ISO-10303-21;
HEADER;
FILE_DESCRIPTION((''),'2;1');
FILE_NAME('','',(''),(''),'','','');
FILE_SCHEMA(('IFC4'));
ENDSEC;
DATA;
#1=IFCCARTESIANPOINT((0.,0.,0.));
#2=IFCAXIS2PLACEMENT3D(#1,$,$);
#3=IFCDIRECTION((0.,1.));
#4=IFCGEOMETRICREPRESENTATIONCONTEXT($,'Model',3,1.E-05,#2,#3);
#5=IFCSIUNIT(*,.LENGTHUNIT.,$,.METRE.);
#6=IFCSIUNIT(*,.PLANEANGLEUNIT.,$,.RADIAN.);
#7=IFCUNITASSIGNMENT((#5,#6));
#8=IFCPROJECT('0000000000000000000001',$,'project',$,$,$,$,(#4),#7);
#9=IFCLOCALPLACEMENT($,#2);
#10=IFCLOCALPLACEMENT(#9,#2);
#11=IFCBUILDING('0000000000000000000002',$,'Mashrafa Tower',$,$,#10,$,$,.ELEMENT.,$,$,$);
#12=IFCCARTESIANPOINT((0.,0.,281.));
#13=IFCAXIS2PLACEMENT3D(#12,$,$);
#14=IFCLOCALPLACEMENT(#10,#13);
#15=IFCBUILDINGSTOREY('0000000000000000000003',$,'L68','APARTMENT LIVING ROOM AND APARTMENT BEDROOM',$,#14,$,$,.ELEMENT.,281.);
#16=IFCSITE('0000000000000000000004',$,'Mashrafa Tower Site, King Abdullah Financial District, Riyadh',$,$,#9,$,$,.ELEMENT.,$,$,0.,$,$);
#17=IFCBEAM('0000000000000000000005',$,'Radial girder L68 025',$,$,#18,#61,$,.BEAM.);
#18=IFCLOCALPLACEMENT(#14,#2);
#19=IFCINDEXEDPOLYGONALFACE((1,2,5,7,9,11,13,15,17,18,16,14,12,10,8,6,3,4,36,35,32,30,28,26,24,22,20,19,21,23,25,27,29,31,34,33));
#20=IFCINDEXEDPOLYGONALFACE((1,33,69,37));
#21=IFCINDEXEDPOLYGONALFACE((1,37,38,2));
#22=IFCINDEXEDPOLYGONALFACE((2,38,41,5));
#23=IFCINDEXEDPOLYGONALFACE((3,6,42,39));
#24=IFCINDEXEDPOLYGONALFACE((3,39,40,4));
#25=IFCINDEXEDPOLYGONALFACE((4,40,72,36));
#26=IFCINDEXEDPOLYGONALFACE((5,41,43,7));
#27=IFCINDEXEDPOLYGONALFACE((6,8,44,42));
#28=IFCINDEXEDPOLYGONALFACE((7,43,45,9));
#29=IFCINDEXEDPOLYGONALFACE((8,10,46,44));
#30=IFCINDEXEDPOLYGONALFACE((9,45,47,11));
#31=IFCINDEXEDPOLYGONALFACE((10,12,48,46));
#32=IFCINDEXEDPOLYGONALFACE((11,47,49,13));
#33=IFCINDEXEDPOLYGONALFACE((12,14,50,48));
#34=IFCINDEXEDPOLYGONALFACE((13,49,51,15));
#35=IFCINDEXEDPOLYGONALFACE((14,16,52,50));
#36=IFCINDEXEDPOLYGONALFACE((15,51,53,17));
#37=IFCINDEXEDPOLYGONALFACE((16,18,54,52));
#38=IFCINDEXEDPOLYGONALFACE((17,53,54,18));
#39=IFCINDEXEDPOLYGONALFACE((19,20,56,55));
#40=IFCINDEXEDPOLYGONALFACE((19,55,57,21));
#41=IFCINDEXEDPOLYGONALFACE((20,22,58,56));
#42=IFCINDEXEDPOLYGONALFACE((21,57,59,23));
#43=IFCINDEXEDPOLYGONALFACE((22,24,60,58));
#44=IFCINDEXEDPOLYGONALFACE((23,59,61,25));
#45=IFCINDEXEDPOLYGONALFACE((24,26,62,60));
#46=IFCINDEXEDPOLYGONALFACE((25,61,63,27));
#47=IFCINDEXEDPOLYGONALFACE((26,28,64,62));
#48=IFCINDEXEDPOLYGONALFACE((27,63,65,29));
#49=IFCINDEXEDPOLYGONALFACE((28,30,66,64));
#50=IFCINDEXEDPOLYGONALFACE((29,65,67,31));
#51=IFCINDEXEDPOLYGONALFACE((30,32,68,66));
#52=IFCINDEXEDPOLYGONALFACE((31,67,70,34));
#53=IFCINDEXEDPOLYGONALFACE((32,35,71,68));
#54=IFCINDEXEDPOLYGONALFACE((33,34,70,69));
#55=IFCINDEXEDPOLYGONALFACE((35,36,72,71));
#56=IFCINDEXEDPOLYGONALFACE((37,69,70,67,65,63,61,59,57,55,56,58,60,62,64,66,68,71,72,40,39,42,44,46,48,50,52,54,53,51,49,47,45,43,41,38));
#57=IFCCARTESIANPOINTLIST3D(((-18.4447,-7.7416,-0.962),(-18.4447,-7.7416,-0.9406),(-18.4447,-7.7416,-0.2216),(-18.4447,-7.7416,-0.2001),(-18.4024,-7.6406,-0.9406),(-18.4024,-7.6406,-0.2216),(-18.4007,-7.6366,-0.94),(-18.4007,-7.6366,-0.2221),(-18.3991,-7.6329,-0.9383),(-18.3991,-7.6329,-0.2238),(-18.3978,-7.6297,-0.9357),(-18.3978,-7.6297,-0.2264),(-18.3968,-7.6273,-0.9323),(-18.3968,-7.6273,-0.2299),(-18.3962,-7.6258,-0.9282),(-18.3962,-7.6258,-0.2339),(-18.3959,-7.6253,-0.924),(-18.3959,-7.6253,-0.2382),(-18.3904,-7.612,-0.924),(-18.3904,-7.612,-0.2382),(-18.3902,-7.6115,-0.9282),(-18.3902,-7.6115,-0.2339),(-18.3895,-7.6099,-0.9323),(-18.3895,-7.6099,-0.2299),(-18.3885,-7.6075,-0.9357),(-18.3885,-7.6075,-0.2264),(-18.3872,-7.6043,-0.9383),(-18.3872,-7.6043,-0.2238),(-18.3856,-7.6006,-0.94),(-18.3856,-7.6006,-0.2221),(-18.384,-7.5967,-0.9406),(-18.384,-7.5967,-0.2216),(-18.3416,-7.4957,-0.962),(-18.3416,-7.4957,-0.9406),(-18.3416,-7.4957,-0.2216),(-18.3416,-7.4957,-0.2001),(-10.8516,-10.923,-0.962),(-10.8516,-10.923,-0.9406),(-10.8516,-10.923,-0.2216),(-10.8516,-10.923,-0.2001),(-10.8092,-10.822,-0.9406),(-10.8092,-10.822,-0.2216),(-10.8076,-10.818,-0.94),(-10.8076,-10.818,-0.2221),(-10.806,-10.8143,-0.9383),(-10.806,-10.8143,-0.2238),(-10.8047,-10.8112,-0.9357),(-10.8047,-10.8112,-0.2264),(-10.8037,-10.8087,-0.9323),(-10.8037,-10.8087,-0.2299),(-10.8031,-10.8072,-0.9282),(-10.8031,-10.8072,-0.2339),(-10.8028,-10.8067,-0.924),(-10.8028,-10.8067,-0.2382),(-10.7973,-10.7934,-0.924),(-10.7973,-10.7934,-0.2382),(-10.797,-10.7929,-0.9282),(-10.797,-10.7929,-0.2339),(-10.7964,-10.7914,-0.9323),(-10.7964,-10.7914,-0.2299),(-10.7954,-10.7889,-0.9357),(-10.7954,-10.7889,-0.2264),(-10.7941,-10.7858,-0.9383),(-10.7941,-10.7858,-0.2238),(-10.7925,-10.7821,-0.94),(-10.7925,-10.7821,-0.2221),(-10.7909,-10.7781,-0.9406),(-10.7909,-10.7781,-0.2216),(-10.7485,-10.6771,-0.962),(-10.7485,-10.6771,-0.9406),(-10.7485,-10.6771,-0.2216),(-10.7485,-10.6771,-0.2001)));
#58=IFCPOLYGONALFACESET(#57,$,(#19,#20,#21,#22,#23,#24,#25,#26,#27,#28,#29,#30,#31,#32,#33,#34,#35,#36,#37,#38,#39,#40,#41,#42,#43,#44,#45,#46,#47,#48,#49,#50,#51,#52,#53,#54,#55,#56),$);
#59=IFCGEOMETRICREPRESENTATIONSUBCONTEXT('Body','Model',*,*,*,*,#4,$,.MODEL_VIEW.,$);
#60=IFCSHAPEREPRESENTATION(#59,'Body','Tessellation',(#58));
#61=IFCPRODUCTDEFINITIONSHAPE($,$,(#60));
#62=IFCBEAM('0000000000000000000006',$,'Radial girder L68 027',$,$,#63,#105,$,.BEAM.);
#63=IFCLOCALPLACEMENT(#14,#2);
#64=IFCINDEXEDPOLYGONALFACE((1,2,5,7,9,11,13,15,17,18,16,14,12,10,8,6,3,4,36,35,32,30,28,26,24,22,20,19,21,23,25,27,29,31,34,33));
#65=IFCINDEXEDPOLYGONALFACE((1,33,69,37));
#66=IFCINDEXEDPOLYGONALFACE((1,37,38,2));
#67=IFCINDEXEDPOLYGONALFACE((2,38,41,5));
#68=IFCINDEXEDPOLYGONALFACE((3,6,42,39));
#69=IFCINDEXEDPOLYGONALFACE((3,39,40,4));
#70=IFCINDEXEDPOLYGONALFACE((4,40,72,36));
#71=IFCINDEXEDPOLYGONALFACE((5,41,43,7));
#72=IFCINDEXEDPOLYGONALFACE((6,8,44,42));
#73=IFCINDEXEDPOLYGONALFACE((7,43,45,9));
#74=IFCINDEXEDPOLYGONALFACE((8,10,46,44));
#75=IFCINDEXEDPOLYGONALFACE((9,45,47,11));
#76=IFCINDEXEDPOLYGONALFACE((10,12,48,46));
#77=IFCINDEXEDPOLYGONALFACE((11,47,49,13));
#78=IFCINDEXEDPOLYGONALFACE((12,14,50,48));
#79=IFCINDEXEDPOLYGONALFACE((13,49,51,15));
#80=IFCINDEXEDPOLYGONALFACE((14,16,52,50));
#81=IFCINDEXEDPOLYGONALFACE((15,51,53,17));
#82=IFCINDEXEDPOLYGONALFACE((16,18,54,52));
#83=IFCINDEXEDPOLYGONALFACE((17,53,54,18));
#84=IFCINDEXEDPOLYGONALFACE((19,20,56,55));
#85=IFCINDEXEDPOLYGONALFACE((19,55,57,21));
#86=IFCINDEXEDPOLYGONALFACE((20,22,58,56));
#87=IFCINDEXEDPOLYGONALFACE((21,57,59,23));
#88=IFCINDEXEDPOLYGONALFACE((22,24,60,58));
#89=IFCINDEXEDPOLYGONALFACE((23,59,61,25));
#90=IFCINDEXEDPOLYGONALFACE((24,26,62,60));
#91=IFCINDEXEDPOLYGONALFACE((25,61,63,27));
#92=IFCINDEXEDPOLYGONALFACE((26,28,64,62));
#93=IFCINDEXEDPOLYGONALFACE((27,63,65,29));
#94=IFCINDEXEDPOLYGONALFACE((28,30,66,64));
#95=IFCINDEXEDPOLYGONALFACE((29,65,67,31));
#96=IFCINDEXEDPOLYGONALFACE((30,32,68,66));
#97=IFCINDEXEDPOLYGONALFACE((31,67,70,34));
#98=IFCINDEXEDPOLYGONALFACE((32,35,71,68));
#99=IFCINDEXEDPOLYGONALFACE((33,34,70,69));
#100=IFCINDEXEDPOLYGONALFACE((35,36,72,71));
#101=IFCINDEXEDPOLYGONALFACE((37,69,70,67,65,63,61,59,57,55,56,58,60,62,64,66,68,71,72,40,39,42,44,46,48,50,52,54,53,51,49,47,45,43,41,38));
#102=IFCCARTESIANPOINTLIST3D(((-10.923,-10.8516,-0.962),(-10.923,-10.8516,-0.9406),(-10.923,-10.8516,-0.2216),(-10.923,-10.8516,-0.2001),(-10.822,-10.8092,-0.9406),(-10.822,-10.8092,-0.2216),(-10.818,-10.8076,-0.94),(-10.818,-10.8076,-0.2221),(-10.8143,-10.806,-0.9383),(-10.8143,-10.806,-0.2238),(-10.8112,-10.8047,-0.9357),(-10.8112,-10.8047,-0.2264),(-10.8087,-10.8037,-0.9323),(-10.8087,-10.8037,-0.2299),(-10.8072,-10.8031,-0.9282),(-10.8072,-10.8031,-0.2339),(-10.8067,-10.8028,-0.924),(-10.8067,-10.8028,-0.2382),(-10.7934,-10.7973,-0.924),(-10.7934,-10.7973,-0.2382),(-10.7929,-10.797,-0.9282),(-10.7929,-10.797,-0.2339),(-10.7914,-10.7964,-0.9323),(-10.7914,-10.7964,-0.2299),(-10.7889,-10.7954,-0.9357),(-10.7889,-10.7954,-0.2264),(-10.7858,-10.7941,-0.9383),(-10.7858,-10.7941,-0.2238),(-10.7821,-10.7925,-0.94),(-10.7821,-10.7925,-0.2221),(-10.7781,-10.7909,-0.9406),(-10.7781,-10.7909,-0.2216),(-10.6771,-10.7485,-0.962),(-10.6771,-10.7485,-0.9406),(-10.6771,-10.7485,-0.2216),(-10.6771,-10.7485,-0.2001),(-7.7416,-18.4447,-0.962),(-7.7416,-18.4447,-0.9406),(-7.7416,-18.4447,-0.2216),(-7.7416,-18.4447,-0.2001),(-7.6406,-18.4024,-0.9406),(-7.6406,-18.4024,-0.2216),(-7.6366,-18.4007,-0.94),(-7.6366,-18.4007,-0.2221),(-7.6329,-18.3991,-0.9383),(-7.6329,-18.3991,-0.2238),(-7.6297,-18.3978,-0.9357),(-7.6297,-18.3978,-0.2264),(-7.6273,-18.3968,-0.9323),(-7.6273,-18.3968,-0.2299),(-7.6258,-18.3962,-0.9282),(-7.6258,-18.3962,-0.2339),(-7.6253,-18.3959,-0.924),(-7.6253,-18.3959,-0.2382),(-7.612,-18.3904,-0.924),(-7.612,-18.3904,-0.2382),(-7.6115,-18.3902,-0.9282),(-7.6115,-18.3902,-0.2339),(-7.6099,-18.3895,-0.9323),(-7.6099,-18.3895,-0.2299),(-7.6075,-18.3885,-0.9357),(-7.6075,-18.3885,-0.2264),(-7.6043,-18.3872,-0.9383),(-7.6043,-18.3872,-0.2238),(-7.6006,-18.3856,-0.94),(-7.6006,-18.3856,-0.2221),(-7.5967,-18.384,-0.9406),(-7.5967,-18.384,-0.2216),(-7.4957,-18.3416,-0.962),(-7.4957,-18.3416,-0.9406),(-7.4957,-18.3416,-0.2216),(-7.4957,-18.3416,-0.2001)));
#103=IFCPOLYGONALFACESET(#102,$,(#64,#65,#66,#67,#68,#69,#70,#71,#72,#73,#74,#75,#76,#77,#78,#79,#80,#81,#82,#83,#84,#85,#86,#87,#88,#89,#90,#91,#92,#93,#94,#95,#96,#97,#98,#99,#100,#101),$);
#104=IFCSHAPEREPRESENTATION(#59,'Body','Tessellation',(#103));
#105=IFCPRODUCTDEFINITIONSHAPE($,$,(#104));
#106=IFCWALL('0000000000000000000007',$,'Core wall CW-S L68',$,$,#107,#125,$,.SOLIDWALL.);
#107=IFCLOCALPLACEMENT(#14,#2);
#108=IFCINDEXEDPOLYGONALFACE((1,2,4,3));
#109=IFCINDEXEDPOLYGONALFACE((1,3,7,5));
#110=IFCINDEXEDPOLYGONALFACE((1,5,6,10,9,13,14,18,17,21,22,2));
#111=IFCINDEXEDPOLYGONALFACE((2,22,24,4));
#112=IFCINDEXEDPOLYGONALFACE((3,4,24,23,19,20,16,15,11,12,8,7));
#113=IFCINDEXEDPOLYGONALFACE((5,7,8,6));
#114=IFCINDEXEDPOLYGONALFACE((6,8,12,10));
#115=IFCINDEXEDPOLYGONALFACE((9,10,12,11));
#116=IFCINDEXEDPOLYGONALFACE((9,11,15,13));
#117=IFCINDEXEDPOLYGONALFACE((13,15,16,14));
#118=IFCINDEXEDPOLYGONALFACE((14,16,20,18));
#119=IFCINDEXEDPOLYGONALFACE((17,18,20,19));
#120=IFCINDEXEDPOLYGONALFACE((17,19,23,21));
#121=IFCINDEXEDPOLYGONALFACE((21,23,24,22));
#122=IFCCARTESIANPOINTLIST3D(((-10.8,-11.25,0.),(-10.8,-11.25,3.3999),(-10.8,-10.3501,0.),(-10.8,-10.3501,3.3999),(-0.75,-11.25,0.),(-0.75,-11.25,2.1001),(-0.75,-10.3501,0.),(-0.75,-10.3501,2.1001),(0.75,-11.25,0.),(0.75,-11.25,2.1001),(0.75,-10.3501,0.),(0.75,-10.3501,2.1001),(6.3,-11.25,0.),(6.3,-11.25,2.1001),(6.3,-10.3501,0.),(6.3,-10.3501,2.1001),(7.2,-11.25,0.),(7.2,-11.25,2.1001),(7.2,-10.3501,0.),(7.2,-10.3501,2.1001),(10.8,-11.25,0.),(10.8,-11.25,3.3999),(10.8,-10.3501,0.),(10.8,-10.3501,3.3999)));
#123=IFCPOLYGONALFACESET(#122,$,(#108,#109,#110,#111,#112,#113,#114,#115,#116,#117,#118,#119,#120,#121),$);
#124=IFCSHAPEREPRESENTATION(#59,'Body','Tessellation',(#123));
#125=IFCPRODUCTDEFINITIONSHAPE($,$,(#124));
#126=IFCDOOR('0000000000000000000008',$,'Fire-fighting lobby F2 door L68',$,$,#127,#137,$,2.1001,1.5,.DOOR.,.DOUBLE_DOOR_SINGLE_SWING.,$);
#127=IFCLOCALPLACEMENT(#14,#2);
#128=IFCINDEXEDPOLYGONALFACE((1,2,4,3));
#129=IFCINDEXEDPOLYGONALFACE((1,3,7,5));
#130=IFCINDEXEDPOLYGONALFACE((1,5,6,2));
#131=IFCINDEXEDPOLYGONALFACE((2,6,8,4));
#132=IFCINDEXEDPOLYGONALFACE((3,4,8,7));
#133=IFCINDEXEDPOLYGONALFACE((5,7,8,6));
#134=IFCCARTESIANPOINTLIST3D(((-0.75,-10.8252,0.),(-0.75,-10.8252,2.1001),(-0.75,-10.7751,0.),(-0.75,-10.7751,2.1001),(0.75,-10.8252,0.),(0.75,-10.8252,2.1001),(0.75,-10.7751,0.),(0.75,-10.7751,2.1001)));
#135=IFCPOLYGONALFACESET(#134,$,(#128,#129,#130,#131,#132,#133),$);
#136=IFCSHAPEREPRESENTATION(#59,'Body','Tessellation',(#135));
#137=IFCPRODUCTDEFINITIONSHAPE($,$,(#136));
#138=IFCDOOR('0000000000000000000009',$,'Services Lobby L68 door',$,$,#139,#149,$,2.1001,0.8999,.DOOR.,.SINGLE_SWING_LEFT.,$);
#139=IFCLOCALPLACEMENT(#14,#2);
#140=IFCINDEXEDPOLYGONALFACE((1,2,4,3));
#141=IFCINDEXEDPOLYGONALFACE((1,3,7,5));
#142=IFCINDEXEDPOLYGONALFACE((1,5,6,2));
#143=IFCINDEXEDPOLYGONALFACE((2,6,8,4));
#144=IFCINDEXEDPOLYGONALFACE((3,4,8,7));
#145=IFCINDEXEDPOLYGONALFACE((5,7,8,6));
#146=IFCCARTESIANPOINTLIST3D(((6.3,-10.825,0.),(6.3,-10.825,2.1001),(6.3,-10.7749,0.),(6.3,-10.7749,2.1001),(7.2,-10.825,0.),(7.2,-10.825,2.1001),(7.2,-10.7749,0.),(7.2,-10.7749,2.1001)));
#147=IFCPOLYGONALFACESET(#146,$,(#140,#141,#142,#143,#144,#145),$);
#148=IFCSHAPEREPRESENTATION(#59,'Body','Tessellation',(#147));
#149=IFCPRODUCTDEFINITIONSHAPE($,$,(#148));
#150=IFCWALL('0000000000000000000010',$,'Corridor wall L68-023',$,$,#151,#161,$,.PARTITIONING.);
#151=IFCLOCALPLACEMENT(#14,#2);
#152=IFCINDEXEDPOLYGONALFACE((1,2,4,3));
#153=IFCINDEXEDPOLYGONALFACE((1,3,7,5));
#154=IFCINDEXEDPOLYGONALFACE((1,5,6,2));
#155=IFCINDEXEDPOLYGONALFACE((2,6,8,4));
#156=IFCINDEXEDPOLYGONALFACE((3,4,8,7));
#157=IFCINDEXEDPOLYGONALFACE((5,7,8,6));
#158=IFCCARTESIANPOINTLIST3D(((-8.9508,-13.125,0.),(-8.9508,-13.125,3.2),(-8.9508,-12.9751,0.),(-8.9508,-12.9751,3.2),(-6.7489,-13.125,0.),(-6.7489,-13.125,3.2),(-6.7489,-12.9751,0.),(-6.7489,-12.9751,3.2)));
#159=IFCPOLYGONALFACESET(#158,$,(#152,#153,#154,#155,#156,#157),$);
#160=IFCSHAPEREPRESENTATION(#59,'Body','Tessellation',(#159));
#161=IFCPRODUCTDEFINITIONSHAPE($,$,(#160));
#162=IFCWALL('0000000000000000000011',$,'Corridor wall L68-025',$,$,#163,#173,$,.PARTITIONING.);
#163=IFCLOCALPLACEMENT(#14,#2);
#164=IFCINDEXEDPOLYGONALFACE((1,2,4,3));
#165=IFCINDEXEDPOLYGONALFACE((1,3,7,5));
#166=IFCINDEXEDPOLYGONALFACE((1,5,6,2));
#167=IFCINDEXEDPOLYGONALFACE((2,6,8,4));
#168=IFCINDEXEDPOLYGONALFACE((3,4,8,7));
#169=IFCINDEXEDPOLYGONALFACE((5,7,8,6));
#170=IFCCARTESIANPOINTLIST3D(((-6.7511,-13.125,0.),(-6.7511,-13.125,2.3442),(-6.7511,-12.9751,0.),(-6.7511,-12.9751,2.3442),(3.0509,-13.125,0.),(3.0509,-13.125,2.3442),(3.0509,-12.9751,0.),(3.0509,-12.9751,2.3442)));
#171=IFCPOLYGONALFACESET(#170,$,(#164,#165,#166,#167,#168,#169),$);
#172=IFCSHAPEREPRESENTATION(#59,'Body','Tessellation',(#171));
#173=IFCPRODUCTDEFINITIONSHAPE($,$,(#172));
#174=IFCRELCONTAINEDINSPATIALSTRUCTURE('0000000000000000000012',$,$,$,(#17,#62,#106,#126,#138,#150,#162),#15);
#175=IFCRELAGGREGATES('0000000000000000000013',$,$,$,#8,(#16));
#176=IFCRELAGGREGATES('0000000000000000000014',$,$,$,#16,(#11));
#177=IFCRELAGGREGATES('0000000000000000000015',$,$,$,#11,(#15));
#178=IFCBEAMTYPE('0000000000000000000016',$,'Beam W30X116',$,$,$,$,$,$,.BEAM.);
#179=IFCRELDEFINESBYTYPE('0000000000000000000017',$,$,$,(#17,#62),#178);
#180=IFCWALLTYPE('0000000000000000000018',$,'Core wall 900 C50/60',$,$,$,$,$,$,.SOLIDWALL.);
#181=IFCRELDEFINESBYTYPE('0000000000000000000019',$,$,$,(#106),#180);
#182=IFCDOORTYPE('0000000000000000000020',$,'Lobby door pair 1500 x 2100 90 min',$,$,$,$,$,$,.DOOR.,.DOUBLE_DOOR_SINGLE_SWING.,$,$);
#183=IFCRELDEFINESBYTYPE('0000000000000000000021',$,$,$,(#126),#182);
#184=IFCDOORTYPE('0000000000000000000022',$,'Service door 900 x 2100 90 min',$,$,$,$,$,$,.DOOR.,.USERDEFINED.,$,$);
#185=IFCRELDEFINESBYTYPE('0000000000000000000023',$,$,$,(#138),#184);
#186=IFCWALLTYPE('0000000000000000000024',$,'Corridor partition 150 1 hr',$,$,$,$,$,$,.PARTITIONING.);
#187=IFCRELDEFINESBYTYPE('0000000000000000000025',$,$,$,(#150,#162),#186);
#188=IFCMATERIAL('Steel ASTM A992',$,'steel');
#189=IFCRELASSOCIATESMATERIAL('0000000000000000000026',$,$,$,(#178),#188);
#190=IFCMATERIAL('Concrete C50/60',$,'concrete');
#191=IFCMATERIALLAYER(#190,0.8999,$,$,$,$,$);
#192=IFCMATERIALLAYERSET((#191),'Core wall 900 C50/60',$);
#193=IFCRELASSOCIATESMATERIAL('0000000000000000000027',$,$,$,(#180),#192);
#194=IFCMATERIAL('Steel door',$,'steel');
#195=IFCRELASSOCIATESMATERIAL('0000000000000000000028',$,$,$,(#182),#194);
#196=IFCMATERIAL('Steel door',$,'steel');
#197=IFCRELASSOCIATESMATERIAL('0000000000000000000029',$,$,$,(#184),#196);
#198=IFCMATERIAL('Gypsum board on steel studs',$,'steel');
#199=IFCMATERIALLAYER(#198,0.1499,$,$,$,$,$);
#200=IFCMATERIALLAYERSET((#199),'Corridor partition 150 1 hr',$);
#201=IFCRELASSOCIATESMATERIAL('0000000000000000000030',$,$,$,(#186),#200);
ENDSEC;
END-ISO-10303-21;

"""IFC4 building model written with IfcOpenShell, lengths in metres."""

from ifc_helpers import new_model, si_unit, direction, frame, frame_2d, origin, origin_2d, place, context, subcontext, project, spatial, rectangle, i_section, extrude, material, layer, layer_set, material_profile, profile_set, type_object, element, fill, save


model = new_model("IFC4")

# Units and contexts
model_context = context("Model", 3, precision=1e-05, world=origin(), true_north=direction((0.0, 1.0)))
body_context = subcontext(model_context, "Body", "Model", "MODEL_VIEW")
ifc_project = project(units=[si_unit("LENGTHUNIT", "METRE"), si_unit("PLANEANGLEUNIT", "RADIAN")], contexts=[model_context])

# Site, building, storey
site_placement = place(None, origin())
site = spatial("IfcSite", under=ifc_project, at=site_placement, Name="Mashrafa Tower Site, King Abdullah Financial District, Riyadh", CompositionType="ELEMENT", RefElevation=0.0)
building_placement = place(site_placement, origin())
building = spatial("IfcBuilding", under=site, at=building_placement, Name="Mashrafa Tower", CompositionType="ELEMENT")
storey_placement = place(building_placement, frame((0.0, 0.0, 281.0)))
storey = spatial("IfcBuildingStorey", under=building, at=storey_placement, Name="L68", Description="APARTMENT LIVING ROOM AND APARTMENT BEDROOM", CompositionType="ELEMENT", Elevation=281.0)

# Beams
ifc_material_1 = material(Name="Steel ASTM A992", Category="steel")
ifc_material_profile_1 = material_profile(ifc_material_1, i_section(OverallWidth=0.2666, OverallDepth=0.762, WebThickness=0.0144, FlangeThickness=0.0215, FilletRadius=0.0166, at=origin_2d()), Name="W30X116")
ifc_profile_set_1 = profile_set([ifc_material_profile_1], Name="Steel ASTM A992")
beam_type_1 = type_object("IfcBeamType", Name="Beam W30X116", PredefinedType="BEAM", material=ifc_profile_set_1)
for number, where, z_axis, x_axis, name in (
    (1, (-10.8, -10.8, -0.5811), (-0.922314, 0.38644, 0.0), (-0.38644, -0.922314, 0.0), "Radial girder L68 025"),
    (2, (-10.8, -10.8, -0.5811), (0.38644, -0.922314, 0.0), (0.922314, 0.38644, 0.0), "Radial girder L68 027"),
):
    element("IfcBeam", number, at=place(storey_placement, frame(where, z_axis=z_axis, x_axis=x_axis)), inside=storey, type_object=beam_type_1, Name=name, PredefinedType="BEAM", context=body_context, shape_type="SweptSolid", body=[
        extrude(i_section(OverallWidth=0.2666, OverallDepth=0.762, WebThickness=0.0144, FlangeThickness=0.0215, FilletRadius=0.0166, at=origin_2d()), origin(), (0.0, 0.0, 1.0), 8.2327),
    ])

# Wall, openings, doors
ifc_material_2 = material(Name="Concrete C50/60", Category="concrete")
ifc_layer_1 = layer(ifc_material_2, 0.8999)
ifc_layer_set_1 = layer_set([ifc_layer_1], Name="Core wall 900 C50/60")
wall_type_1 = type_object("IfcWallType", Name="Core wall 900 C50/60", PredefinedType="SOLIDWALL", material=ifc_layer_set_1)
wall_1_placement = place(storey_placement, frame((-10.8, -10.8, 0.0), z_axis=(0.0, 0.0, 1.0), x_axis=(1.0, 0.0, 0.0)))
wall_1 = element("IfcWall", 3, at=wall_1_placement, inside=storey, type_object=wall_type_1, Name="Core wall CW-S L68", PredefinedType="SOLIDWALL", context=body_context, shape_type="SweptSolid", body=[
    extrude(rectangle(XDim=21.6001, YDim=0.8999, at=frame_2d((10.8, 0.0))), origin(), (0.0, 0.0, 1.0), 3.3999),
])
opening_1_placement = place(wall_1_placement, frame((10.05, 0.0, 0.0)))
opening_1 = element("IfcOpeningElement", 4, at=opening_1_placement, cuts=wall_1, PredefinedType="OPENING", context=body_context, shape_type="SweptSolid", body=[
    extrude(rectangle(XDim=1.5, YDim=2.1001, at=frame_2d((0.75, 1.05))), frame((0.0, 0.46, 0.0), z_axis=(0.0, -1.0, 0.0), x_axis=(1.0, 0.0, 0.0)), (0.0, 0.0, 1.0), 0.9199),
])
opening_2_placement = place(wall_1_placement, frame((17.1001, 0.0, 0.0)))
opening_2 = element("IfcOpeningElement", 5, at=opening_2_placement, cuts=wall_1, PredefinedType="OPENING", context=body_context, shape_type="SweptSolid", body=[
    extrude(rectangle(XDim=0.8999, YDim=2.1001, at=frame_2d((0.45, 1.05))), frame((0.0, 0.46, 0.0), z_axis=(0.0, -1.0, 0.0), x_axis=(1.0, 0.0, 0.0)), (0.0, 0.0, 1.0), 0.9199),
])
ifc_material_3 = material(Name="Steel door", Category="steel")
door_type_1 = type_object("IfcDoorType", Name="Lobby door pair 1500 x 2100 90 min", OperationType="DOUBLE_DOOR_SINGLE_SWING", PredefinedType="DOOR", material=ifc_material_3)
door_1_placement = place(opening_1_placement, origin())
door_1 = element("IfcDoor", 6, at=door_1_placement, inside=storey, type_object=door_type_1, Name="Fire-fighting lobby F2 door L68", OperationType="DOUBLE_DOOR_SINGLE_SWING", OverallHeight=2.1001, OverallWidth=1.5, PredefinedType="DOOR", context=body_context, shape_type="SweptSolid", body=[
    extrude(rectangle(XDim=1.5, YDim=2.1001, at=frame_2d((0.75, 1.05))), frame((0.0, 0.0249, 0.0), z_axis=(0.0, -1.0, 0.0), x_axis=(1.0, 0.0, 0.0)), (0.0, 0.0, 1.0), 0.05),
])
fill(opening_1, door_1)
ifc_material_4 = material(Name="Steel door", Category="steel")
door_type_2 = type_object("IfcDoorType", Name="Service door 900 x 2100 90 min", OperationType="USERDEFINED", PredefinedType="DOOR", material=ifc_material_4)
door_2_placement = place(opening_2_placement, frame((0.8999, 0.0, 0.0), z_axis=(0.0, 0.0, 1.0), x_axis=(-1.0, 0.0, 0.0)))
door_2 = element("IfcDoor", 7, at=door_2_placement, inside=storey, type_object=door_type_2, Name="Services Lobby L68 door", OperationType="SINGLE_SWING_LEFT", OverallHeight=2.1001, OverallWidth=0.8999, PredefinedType="DOOR", context=body_context, shape_type="SweptSolid", body=[
    extrude(rectangle(XDim=0.8999, YDim=2.1001, at=frame_2d((0.45, 1.05))), frame((0.0, 0.0249, 0.0), z_axis=(0.0, -1.0, 0.0), x_axis=(1.0, 0.0, 0.0)), (0.0, 0.0, 1.0), 0.05),
])
fill(opening_2, door_2)

# Walls
ifc_material_5 = material(Name="Gypsum board on steel studs", Category="steel")
ifc_layer_2 = layer(ifc_material_5, 0.1499)
ifc_layer_set_2 = layer_set([ifc_layer_2], Name="Corridor partition 150 1 hr")
wall_type_2 = type_object("IfcWallType", Name="Corridor partition 150 1 hr", PredefinedType="PARTITIONING", material=ifc_layer_set_2)
wall_2_placement = place(storey_placement, frame((-8.9509, -13.05, 0.0), z_axis=(0.0, 0.0, 1.0), x_axis=(1.0, 0.0, 0.0)))
element("IfcWall", 8, at=wall_2_placement, inside=storey, type_object=wall_type_2, Name="Corridor wall L68-023", PredefinedType="PARTITIONING", context=body_context, shape_type="SweptSolid", body=[
    extrude(rectangle(XDim=2.2019, YDim=0.1499, at=frame_2d((1.1011, 0.0))), origin(), (0.0, 0.0, 1.0), 3.2),
])
wall_3_placement = place(storey_placement, frame((-6.751, -13.05, 0.0), z_axis=(0.0, 0.0, 1.0), x_axis=(1.0, 0.0, 0.0)))
element("IfcWall", 9, at=wall_3_placement, inside=storey, type_object=wall_type_2, Name="Corridor wall L68-025", PredefinedType="PARTITIONING", context=body_context, shape_type="SweptSolid", body=[
    extrude(rectangle(XDim=9.802, YDim=0.1499, at=frame_2d((4.9009, 0.0))), origin(), (0.0, 0.0, 1.0), 2.3442),
])

save(model, "model.ifc")
